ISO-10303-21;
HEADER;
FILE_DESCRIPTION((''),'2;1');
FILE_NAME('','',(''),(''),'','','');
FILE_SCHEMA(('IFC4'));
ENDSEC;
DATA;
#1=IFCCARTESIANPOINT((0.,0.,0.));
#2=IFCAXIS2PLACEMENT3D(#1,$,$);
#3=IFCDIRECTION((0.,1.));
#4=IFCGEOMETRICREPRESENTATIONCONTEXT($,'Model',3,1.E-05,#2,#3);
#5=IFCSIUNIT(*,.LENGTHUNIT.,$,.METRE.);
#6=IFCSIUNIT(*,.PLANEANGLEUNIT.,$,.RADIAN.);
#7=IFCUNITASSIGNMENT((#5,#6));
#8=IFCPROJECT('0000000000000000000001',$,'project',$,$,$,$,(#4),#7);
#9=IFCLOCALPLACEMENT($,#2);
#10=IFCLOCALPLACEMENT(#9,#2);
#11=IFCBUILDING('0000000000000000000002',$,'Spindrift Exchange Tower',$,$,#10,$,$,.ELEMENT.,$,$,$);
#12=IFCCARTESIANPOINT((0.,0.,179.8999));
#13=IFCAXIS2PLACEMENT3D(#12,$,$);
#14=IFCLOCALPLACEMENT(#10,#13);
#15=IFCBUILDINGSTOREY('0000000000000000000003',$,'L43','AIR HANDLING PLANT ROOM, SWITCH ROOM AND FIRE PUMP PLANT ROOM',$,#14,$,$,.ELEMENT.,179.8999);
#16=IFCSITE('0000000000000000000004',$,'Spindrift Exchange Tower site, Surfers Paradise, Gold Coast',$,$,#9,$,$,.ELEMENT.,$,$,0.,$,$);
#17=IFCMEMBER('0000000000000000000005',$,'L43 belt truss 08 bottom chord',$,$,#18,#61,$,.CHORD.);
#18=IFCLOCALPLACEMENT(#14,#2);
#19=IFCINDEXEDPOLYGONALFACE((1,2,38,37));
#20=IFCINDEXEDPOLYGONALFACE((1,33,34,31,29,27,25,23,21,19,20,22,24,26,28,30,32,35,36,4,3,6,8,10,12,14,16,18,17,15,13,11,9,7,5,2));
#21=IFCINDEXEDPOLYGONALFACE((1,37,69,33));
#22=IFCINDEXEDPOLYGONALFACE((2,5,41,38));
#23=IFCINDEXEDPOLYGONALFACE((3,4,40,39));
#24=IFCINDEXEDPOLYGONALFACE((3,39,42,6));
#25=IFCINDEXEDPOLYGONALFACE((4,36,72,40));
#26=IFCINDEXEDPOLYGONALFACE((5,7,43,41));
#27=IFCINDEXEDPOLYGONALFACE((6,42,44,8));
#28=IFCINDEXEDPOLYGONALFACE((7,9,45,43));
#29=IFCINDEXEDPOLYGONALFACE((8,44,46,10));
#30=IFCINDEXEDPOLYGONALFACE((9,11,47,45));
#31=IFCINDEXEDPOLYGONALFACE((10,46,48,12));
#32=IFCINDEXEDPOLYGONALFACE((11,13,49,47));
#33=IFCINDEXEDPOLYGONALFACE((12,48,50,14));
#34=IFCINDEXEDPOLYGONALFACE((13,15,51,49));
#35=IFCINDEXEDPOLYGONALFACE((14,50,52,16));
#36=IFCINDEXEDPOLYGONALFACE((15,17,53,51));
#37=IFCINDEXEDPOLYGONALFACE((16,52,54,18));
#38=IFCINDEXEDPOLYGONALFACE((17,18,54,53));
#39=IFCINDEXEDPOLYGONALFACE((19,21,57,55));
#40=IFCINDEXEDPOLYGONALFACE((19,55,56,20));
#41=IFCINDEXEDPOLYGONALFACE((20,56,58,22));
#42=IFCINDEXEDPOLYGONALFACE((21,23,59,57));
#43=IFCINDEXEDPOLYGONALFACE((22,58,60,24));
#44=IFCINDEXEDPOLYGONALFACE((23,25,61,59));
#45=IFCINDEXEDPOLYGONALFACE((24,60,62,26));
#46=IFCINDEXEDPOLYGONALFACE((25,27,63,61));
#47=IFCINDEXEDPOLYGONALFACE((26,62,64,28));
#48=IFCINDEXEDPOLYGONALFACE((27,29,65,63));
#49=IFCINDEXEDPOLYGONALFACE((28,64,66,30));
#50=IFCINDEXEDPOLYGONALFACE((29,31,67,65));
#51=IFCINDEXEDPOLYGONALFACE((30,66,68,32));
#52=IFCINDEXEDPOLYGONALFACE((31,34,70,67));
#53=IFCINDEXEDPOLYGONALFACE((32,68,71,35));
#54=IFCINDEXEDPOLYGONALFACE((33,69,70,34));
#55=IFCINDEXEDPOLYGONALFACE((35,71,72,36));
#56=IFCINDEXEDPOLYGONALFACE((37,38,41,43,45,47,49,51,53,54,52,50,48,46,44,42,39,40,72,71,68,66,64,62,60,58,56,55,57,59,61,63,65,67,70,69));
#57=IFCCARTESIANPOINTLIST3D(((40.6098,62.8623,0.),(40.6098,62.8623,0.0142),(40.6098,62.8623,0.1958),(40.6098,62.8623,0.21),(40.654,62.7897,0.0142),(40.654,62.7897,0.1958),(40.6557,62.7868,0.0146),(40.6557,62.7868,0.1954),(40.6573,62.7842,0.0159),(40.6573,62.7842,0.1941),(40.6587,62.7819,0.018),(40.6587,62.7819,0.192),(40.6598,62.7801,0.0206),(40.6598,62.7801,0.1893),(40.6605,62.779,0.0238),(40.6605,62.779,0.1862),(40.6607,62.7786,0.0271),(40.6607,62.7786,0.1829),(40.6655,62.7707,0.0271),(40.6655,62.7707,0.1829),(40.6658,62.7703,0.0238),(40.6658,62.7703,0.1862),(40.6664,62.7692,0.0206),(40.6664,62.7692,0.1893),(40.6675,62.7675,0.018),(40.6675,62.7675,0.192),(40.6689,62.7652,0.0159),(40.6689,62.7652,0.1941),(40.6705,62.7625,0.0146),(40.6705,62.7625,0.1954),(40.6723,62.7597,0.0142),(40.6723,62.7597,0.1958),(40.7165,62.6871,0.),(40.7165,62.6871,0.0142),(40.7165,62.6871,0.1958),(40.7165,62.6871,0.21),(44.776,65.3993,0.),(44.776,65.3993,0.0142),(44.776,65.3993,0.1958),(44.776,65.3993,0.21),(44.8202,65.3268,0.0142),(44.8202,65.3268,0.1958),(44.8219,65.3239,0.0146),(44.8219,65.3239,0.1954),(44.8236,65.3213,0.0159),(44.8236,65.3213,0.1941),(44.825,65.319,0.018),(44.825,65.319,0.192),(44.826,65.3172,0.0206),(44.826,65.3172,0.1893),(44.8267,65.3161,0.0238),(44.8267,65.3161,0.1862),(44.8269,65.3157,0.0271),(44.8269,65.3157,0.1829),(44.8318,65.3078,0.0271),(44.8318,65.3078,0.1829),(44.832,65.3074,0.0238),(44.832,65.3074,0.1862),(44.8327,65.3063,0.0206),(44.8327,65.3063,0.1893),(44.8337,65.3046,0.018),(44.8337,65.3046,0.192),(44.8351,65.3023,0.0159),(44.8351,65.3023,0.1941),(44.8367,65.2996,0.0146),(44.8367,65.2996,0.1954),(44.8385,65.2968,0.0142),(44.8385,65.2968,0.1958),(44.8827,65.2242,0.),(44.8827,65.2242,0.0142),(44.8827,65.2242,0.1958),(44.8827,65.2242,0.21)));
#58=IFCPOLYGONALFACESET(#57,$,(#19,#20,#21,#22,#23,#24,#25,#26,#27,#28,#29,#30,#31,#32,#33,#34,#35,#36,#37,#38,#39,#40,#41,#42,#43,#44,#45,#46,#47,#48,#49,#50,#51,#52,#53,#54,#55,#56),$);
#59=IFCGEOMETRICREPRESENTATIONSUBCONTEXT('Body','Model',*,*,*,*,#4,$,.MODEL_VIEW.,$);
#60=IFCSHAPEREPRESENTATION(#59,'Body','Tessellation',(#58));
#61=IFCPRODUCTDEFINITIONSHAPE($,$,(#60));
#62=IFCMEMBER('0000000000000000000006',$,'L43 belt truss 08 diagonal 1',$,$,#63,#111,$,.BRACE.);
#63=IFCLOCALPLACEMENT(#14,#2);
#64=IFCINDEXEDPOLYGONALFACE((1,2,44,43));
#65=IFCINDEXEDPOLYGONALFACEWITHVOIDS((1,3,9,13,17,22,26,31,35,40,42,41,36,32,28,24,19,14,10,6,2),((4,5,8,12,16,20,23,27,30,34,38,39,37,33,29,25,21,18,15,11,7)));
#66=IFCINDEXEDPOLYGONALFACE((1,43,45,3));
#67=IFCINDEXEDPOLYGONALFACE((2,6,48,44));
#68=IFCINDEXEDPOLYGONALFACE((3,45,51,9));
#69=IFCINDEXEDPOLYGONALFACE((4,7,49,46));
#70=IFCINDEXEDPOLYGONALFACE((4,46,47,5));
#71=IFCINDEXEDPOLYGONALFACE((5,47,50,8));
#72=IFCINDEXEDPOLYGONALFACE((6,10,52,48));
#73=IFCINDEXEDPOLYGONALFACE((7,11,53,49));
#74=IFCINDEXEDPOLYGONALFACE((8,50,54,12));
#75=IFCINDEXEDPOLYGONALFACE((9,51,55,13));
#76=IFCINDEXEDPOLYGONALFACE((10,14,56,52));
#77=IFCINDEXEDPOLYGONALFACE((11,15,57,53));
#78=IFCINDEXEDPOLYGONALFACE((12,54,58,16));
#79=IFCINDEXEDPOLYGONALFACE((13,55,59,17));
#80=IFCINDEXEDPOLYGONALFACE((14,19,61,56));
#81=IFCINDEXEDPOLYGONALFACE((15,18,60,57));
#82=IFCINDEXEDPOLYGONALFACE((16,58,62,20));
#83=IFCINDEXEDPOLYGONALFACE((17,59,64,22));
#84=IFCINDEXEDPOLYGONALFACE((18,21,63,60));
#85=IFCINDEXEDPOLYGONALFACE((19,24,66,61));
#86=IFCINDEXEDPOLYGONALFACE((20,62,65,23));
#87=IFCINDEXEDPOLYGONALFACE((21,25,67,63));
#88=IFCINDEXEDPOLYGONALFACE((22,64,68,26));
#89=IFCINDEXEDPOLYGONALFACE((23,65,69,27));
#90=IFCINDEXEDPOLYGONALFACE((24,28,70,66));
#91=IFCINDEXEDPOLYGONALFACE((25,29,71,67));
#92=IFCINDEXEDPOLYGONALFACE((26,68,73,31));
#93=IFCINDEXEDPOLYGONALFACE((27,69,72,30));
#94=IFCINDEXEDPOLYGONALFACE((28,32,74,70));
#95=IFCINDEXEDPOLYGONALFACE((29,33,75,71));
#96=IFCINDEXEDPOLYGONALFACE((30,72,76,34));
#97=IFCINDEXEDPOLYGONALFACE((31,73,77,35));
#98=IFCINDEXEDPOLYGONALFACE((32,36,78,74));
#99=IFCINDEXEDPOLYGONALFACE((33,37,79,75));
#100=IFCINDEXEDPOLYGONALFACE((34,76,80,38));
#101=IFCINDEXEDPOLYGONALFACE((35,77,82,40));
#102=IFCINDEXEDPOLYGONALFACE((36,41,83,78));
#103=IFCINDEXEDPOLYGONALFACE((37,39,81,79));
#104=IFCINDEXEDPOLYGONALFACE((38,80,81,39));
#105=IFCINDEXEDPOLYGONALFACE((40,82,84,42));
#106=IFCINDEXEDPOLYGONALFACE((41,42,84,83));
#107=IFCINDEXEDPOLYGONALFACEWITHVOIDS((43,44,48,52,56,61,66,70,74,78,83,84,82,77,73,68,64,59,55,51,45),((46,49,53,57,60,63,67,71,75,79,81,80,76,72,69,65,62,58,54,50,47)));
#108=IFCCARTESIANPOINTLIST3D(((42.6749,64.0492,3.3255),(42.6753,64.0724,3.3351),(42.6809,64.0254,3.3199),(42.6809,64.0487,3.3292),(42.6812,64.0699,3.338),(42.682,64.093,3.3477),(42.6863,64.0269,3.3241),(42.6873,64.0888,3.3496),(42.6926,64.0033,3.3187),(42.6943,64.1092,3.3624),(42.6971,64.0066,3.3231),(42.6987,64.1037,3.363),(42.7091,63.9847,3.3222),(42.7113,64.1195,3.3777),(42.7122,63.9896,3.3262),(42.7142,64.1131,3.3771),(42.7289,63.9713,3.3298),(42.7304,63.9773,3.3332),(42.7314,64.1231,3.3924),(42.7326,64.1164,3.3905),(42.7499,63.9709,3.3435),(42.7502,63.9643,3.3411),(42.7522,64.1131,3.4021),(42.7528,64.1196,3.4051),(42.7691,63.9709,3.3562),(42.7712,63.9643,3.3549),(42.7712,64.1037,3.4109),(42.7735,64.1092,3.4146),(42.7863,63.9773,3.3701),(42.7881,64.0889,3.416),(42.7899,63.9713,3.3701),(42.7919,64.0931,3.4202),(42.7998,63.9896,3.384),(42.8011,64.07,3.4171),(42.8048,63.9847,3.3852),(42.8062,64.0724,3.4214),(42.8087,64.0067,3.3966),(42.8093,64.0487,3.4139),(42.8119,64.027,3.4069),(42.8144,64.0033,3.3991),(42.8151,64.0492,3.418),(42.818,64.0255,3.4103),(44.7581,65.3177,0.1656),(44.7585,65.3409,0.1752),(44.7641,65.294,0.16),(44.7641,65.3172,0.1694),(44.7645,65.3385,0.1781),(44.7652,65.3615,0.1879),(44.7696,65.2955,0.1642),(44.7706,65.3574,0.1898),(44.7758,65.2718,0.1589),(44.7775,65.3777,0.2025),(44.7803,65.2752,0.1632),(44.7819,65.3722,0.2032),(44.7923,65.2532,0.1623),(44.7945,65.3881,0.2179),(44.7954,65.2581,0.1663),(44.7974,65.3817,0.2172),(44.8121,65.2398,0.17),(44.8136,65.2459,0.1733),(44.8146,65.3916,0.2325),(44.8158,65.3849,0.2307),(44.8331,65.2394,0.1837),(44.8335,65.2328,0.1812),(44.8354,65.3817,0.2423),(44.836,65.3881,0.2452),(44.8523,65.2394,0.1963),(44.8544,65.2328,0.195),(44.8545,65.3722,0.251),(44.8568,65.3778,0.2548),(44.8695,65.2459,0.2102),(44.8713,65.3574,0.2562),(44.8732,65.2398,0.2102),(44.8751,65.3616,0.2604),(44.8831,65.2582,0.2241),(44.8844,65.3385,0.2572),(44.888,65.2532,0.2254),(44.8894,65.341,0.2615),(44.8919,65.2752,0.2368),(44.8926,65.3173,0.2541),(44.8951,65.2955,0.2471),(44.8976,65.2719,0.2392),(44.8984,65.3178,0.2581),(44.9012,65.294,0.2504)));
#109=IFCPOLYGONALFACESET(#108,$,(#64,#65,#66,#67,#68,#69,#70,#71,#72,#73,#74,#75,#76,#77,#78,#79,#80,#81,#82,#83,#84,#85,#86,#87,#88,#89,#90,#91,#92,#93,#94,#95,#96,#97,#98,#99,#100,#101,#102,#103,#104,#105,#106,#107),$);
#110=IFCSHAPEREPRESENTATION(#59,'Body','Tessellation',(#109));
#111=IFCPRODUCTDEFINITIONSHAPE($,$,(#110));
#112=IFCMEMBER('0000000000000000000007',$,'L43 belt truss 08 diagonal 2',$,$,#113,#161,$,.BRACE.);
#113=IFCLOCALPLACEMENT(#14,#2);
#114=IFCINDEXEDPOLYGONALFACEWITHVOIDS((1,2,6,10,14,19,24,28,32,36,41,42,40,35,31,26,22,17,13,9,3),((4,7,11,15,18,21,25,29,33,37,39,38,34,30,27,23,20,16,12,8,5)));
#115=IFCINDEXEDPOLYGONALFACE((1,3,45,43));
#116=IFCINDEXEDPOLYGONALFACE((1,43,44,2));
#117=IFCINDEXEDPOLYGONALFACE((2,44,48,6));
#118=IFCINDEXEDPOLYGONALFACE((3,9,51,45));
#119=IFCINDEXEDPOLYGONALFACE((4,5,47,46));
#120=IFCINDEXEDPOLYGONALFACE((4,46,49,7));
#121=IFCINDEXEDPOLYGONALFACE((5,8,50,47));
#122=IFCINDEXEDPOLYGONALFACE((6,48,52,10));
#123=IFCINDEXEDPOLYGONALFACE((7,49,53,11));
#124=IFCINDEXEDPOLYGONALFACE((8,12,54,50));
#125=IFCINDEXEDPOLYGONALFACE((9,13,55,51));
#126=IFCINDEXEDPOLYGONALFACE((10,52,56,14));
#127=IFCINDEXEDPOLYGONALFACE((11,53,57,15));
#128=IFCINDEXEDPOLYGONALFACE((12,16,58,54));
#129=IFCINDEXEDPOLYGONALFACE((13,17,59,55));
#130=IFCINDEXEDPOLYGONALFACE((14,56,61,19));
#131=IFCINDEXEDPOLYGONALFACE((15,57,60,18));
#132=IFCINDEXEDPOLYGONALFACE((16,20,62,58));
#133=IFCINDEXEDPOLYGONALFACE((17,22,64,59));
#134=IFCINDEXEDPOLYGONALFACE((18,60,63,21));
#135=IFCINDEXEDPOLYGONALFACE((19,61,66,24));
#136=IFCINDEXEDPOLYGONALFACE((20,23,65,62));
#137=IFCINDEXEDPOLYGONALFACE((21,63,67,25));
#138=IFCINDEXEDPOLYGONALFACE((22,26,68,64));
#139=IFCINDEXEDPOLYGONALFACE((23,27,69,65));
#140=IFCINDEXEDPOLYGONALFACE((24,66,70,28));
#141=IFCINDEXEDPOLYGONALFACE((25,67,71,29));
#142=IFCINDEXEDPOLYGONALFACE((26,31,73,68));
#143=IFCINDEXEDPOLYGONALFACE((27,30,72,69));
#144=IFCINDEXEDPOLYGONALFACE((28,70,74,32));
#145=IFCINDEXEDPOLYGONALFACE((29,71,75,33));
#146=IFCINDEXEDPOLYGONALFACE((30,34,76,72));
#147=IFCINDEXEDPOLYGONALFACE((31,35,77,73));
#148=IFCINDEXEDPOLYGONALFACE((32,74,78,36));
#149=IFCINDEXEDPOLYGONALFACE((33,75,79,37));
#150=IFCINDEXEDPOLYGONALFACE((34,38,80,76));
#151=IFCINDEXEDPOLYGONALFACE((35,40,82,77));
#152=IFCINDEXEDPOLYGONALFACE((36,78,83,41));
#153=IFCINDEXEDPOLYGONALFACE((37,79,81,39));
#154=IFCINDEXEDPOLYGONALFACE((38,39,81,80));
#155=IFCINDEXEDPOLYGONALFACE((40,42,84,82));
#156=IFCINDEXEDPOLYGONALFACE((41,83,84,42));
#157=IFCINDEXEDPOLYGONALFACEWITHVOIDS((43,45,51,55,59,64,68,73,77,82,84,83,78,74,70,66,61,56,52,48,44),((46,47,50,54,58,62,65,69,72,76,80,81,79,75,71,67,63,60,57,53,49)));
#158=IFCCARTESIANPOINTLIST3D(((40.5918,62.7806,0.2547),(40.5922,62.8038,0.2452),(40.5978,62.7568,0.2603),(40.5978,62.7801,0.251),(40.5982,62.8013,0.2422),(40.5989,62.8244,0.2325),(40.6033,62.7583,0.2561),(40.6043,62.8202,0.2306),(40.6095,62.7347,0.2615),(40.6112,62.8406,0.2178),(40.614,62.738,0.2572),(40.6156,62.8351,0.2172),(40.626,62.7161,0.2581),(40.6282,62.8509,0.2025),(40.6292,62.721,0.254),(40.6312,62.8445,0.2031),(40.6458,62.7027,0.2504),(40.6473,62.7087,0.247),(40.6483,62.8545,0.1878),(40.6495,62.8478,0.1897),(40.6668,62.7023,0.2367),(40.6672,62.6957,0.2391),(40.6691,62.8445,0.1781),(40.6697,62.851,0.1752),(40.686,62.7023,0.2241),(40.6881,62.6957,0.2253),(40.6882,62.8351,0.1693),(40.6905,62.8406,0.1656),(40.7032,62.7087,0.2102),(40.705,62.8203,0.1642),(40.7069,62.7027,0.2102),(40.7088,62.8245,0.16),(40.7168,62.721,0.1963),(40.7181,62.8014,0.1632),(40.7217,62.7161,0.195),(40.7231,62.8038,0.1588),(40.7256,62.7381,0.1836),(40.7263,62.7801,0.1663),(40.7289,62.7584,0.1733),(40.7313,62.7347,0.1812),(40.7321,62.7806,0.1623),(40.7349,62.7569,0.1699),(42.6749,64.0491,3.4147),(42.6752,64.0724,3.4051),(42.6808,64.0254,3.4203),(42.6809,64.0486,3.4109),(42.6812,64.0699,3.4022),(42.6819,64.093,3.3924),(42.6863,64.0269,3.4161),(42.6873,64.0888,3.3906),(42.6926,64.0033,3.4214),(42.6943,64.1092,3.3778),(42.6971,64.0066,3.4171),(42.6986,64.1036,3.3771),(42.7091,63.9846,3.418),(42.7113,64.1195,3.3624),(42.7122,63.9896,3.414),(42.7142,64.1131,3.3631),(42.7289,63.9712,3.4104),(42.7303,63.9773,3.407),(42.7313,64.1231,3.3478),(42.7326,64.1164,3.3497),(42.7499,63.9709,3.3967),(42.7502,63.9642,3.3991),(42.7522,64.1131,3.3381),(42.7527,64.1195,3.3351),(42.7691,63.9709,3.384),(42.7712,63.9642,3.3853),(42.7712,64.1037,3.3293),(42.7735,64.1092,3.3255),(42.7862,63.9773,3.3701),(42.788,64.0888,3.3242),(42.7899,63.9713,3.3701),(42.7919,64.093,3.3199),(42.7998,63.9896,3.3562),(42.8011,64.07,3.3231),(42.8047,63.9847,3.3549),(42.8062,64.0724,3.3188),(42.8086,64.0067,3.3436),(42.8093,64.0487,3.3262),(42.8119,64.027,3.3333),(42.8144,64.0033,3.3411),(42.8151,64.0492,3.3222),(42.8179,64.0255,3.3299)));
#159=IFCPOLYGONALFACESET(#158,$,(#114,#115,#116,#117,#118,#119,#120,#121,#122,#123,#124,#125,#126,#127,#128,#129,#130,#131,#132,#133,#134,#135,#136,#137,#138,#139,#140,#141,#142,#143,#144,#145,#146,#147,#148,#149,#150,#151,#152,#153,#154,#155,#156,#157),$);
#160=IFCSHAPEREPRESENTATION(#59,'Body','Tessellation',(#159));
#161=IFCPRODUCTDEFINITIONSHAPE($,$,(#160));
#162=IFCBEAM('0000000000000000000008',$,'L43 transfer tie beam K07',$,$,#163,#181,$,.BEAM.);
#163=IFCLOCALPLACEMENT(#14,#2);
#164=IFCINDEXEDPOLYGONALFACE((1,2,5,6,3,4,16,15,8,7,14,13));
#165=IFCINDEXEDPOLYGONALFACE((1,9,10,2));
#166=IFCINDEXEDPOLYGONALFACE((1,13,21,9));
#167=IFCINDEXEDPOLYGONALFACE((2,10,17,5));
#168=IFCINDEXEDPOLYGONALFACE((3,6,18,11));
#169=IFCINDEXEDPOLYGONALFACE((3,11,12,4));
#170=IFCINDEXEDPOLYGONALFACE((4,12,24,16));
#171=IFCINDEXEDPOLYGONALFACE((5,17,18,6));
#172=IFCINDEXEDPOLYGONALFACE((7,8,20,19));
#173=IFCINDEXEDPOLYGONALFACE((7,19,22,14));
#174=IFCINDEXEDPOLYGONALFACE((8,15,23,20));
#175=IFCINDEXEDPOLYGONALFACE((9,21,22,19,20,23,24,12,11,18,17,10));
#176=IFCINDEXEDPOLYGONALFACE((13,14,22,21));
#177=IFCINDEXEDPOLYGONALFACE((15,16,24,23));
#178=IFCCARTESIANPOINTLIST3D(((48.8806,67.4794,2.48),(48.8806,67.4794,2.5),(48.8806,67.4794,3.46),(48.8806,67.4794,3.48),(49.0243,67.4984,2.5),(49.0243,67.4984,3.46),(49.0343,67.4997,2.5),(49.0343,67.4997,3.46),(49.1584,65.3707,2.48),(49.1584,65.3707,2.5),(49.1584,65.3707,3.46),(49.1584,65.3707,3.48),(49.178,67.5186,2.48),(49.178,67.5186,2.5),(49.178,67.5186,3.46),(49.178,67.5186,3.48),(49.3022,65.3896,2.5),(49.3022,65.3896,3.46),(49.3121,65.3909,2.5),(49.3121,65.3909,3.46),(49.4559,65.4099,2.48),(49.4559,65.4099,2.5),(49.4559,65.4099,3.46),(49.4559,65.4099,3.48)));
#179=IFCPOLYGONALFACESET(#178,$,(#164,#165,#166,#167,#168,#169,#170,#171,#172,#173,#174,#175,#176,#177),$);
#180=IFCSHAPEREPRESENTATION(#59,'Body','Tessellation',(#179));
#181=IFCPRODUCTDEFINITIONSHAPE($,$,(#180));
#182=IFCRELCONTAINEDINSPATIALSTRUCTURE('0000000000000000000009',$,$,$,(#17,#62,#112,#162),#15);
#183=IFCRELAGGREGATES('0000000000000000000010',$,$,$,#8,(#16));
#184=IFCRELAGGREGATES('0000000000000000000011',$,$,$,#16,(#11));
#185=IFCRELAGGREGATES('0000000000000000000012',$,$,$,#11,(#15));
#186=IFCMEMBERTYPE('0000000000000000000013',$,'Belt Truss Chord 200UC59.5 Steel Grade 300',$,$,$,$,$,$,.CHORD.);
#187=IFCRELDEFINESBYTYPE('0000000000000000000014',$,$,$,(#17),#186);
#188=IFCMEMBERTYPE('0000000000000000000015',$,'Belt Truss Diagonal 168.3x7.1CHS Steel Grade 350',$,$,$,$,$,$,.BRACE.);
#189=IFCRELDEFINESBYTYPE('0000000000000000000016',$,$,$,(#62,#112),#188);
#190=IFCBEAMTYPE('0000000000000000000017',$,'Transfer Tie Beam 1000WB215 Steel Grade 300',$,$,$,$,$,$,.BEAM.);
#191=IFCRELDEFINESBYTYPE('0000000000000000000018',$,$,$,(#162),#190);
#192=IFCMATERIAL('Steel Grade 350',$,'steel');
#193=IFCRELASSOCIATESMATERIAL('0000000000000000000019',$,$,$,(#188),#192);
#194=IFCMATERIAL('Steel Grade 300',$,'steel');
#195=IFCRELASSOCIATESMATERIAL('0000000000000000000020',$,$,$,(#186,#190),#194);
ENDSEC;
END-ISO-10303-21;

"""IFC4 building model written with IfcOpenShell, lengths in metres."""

from ifc_helpers import new_model, si_unit, direction, frame, origin, origin_2d, place, context, subcontext, project, spatial, hollow_circle, i_section, extrude, source, transform, mapped, material, material_profile, profile_set, type_object, element, save


model = new_model("IFC4")

# Units and contexts
model_context = context("Model", 3, precision=1e-05, world=origin(), true_north=direction((0.0, 1.0)))
body_context = subcontext(model_context, "Body", "Model", "MODEL_VIEW")
ifc_project = project(units=[si_unit("LENGTHUNIT", "METRE"), si_unit("PLANEANGLEUNIT", "RADIAN")], contexts=[model_context])

# Site, building, storey
site_placement = place(None, origin())
site = spatial("IfcSite", under=ifc_project, at=site_placement, Name="Spindrift Exchange Tower site, Surfers Paradise, Gold Coast", CompositionType="ELEMENT", RefElevation=0.0)
building_placement = place(site_placement, origin())
building = spatial("IfcBuilding", under=site, at=building_placement, Name="Spindrift Exchange Tower", CompositionType="ELEMENT")
storey_placement = place(building_placement, frame((0.0, 0.0, 179.8999)))
storey = spatial("IfcBuildingStorey", under=building, at=storey_placement, Name="L43", Description="AIR HANDLING PLANT ROOM, SWITCH ROOM AND FIRE PUMP PLANT ROOM", CompositionType="ELEMENT", Elevation=179.8999)

# Shared definitions
ifc_material_1 = material(Name="Steel Grade 300", Category="steel")

# Members
ifc_material_2 = material(Name="Steel Grade 350", Category="steel")
ifc_material_profile_1 = material_profile(ifc_material_2, hollow_circle(Radius=0.0842, WallThickness=0.0071, at=origin_2d()), Name="168.3x7.1CHS")
ifc_profile_set_1 = profile_set([ifc_material_profile_1], Name="Steel Grade 350")
member_type_1 = type_object("IfcMemberType", Name="Belt Truss Diagonal 168.3x7.1CHS Steel Grade 350", PredefinedType="BRACE", material=ifc_profile_set_1)
ifc_material_profile_2 = material_profile(ifc_material_1, i_section(OverallWidth=0.2051, OverallDepth=0.21, WebThickness=0.0093, FlangeThickness=0.0142, FilletRadius=0.0129, at=origin_2d()), Name="200UC59.5")
ifc_profile_set_2 = profile_set([ifc_material_profile_2], Name="Steel Grade 300")
member_type_2 = type_object("IfcMemberType", Name="Belt Truss Chord 200UC59.5 Steel Grade 300", PredefinedType="CHORD", material=ifc_profile_set_2)
shared_shape_1 = source(origin(), body_context, "Body", "SweptSolid", [
    extrude(i_section(OverallWidth=0.2051, OverallDepth=0.21, WebThickness=0.0093, FlangeThickness=0.0142, FilletRadius=0.0129, at=origin_2d()), origin(), (0.0, 0.0, 1.0), 4.8779),
])
for number, where, z_axis, x_axis, name in (
    (1, (44.8293, 65.3118, 0.105), (-0.854096, -0.520115, 0.0), (0.520115, -0.854096, 0.0), "L43 belt truss 08 bottom chord"),
):
    element("IfcMember", number, at=place(storey_placement, frame(where, z_axis=z_axis, x_axis=x_axis)), inside=storey, type_object=member_type_2, Name=name, PredefinedType="CHORD", context=body_context, shape_type="MappedRepresentation", body=[
        mapped(shared_shape_1, transform((0.0, 0.0, 0.0), scale=1.0)),
    ])
shared_shape_2 = source(origin(), body_context, "Body", "SweptSolid", [
    extrude(hollow_circle(Radius=0.0842, WallThickness=0.0071, at=origin_2d()), origin(), (0.0, 0.0, 1.0), 3.9917),
])
for number, where, z_axis, x_axis, name in (
    (2, (44.8293, 65.3118, 0.2102), (-0.521887, -0.317793, 0.791607), (0.520093, -0.85411, 0.0), "L43 belt truss 08 diagonal 1"),
    (3, (42.7461, 64.0432, 3.3701), (-0.521842, -0.317803, -0.791632), (0.520137, -0.854083, 0.0), "L43 belt truss 08 diagonal 2"),
):
    element("IfcMember", number, at=place(storey_placement, frame(where, z_axis=z_axis, x_axis=x_axis)), inside=storey, type_object=member_type_1, Name=name, PredefinedType="BRACE", context=body_context, shape_type="MappedRepresentation", body=[
        mapped(shared_shape_2, transform((0.0, 0.0, 0.0), scale=1.0)),
    ])

# Beam
ifc_material_profile_3 = material_profile(ifc_material_1, i_section(OverallWidth=0.3, OverallDepth=1.0, WebThickness=0.01, FlangeThickness=0.02, at=origin_2d()), Name="1000WB215")
ifc_profile_set_3 = profile_set([ifc_material_profile_3], Name="Steel Grade 300")
beam_type_1 = type_object("IfcBeamType", Name="Transfer Tie Beam 1000WB215 Steel Grade 300", PredefinedType="BEAM", material=ifc_profile_set_3)
shared_shape_3 = source(origin(), body_context, "Body", "SweptSolid", [
    extrude(i_section(OverallWidth=0.3, OverallDepth=1.0, WebThickness=0.01, FlangeThickness=0.02, at=origin_2d()), origin(), (0.0, 0.0, 1.0), 2.127),
])
beam_1_placement = place(storey_placement, frame((49.0293, 67.499, 2.98), z_axis=(0.13063, -0.991431, 0.0), x_axis=(0.991431, 0.13063, 0.0)))
element("IfcBeam", 4, at=beam_1_placement, inside=storey, type_object=beam_type_1, Name="L43 transfer tie beam K07", PredefinedType="BEAM", context=body_context, shape_type="MappedRepresentation", body=[
    mapped(shared_shape_3, transform((0.0, 0.0, 0.0), scale=1.0)),
])

save(model, "model.ifc")
